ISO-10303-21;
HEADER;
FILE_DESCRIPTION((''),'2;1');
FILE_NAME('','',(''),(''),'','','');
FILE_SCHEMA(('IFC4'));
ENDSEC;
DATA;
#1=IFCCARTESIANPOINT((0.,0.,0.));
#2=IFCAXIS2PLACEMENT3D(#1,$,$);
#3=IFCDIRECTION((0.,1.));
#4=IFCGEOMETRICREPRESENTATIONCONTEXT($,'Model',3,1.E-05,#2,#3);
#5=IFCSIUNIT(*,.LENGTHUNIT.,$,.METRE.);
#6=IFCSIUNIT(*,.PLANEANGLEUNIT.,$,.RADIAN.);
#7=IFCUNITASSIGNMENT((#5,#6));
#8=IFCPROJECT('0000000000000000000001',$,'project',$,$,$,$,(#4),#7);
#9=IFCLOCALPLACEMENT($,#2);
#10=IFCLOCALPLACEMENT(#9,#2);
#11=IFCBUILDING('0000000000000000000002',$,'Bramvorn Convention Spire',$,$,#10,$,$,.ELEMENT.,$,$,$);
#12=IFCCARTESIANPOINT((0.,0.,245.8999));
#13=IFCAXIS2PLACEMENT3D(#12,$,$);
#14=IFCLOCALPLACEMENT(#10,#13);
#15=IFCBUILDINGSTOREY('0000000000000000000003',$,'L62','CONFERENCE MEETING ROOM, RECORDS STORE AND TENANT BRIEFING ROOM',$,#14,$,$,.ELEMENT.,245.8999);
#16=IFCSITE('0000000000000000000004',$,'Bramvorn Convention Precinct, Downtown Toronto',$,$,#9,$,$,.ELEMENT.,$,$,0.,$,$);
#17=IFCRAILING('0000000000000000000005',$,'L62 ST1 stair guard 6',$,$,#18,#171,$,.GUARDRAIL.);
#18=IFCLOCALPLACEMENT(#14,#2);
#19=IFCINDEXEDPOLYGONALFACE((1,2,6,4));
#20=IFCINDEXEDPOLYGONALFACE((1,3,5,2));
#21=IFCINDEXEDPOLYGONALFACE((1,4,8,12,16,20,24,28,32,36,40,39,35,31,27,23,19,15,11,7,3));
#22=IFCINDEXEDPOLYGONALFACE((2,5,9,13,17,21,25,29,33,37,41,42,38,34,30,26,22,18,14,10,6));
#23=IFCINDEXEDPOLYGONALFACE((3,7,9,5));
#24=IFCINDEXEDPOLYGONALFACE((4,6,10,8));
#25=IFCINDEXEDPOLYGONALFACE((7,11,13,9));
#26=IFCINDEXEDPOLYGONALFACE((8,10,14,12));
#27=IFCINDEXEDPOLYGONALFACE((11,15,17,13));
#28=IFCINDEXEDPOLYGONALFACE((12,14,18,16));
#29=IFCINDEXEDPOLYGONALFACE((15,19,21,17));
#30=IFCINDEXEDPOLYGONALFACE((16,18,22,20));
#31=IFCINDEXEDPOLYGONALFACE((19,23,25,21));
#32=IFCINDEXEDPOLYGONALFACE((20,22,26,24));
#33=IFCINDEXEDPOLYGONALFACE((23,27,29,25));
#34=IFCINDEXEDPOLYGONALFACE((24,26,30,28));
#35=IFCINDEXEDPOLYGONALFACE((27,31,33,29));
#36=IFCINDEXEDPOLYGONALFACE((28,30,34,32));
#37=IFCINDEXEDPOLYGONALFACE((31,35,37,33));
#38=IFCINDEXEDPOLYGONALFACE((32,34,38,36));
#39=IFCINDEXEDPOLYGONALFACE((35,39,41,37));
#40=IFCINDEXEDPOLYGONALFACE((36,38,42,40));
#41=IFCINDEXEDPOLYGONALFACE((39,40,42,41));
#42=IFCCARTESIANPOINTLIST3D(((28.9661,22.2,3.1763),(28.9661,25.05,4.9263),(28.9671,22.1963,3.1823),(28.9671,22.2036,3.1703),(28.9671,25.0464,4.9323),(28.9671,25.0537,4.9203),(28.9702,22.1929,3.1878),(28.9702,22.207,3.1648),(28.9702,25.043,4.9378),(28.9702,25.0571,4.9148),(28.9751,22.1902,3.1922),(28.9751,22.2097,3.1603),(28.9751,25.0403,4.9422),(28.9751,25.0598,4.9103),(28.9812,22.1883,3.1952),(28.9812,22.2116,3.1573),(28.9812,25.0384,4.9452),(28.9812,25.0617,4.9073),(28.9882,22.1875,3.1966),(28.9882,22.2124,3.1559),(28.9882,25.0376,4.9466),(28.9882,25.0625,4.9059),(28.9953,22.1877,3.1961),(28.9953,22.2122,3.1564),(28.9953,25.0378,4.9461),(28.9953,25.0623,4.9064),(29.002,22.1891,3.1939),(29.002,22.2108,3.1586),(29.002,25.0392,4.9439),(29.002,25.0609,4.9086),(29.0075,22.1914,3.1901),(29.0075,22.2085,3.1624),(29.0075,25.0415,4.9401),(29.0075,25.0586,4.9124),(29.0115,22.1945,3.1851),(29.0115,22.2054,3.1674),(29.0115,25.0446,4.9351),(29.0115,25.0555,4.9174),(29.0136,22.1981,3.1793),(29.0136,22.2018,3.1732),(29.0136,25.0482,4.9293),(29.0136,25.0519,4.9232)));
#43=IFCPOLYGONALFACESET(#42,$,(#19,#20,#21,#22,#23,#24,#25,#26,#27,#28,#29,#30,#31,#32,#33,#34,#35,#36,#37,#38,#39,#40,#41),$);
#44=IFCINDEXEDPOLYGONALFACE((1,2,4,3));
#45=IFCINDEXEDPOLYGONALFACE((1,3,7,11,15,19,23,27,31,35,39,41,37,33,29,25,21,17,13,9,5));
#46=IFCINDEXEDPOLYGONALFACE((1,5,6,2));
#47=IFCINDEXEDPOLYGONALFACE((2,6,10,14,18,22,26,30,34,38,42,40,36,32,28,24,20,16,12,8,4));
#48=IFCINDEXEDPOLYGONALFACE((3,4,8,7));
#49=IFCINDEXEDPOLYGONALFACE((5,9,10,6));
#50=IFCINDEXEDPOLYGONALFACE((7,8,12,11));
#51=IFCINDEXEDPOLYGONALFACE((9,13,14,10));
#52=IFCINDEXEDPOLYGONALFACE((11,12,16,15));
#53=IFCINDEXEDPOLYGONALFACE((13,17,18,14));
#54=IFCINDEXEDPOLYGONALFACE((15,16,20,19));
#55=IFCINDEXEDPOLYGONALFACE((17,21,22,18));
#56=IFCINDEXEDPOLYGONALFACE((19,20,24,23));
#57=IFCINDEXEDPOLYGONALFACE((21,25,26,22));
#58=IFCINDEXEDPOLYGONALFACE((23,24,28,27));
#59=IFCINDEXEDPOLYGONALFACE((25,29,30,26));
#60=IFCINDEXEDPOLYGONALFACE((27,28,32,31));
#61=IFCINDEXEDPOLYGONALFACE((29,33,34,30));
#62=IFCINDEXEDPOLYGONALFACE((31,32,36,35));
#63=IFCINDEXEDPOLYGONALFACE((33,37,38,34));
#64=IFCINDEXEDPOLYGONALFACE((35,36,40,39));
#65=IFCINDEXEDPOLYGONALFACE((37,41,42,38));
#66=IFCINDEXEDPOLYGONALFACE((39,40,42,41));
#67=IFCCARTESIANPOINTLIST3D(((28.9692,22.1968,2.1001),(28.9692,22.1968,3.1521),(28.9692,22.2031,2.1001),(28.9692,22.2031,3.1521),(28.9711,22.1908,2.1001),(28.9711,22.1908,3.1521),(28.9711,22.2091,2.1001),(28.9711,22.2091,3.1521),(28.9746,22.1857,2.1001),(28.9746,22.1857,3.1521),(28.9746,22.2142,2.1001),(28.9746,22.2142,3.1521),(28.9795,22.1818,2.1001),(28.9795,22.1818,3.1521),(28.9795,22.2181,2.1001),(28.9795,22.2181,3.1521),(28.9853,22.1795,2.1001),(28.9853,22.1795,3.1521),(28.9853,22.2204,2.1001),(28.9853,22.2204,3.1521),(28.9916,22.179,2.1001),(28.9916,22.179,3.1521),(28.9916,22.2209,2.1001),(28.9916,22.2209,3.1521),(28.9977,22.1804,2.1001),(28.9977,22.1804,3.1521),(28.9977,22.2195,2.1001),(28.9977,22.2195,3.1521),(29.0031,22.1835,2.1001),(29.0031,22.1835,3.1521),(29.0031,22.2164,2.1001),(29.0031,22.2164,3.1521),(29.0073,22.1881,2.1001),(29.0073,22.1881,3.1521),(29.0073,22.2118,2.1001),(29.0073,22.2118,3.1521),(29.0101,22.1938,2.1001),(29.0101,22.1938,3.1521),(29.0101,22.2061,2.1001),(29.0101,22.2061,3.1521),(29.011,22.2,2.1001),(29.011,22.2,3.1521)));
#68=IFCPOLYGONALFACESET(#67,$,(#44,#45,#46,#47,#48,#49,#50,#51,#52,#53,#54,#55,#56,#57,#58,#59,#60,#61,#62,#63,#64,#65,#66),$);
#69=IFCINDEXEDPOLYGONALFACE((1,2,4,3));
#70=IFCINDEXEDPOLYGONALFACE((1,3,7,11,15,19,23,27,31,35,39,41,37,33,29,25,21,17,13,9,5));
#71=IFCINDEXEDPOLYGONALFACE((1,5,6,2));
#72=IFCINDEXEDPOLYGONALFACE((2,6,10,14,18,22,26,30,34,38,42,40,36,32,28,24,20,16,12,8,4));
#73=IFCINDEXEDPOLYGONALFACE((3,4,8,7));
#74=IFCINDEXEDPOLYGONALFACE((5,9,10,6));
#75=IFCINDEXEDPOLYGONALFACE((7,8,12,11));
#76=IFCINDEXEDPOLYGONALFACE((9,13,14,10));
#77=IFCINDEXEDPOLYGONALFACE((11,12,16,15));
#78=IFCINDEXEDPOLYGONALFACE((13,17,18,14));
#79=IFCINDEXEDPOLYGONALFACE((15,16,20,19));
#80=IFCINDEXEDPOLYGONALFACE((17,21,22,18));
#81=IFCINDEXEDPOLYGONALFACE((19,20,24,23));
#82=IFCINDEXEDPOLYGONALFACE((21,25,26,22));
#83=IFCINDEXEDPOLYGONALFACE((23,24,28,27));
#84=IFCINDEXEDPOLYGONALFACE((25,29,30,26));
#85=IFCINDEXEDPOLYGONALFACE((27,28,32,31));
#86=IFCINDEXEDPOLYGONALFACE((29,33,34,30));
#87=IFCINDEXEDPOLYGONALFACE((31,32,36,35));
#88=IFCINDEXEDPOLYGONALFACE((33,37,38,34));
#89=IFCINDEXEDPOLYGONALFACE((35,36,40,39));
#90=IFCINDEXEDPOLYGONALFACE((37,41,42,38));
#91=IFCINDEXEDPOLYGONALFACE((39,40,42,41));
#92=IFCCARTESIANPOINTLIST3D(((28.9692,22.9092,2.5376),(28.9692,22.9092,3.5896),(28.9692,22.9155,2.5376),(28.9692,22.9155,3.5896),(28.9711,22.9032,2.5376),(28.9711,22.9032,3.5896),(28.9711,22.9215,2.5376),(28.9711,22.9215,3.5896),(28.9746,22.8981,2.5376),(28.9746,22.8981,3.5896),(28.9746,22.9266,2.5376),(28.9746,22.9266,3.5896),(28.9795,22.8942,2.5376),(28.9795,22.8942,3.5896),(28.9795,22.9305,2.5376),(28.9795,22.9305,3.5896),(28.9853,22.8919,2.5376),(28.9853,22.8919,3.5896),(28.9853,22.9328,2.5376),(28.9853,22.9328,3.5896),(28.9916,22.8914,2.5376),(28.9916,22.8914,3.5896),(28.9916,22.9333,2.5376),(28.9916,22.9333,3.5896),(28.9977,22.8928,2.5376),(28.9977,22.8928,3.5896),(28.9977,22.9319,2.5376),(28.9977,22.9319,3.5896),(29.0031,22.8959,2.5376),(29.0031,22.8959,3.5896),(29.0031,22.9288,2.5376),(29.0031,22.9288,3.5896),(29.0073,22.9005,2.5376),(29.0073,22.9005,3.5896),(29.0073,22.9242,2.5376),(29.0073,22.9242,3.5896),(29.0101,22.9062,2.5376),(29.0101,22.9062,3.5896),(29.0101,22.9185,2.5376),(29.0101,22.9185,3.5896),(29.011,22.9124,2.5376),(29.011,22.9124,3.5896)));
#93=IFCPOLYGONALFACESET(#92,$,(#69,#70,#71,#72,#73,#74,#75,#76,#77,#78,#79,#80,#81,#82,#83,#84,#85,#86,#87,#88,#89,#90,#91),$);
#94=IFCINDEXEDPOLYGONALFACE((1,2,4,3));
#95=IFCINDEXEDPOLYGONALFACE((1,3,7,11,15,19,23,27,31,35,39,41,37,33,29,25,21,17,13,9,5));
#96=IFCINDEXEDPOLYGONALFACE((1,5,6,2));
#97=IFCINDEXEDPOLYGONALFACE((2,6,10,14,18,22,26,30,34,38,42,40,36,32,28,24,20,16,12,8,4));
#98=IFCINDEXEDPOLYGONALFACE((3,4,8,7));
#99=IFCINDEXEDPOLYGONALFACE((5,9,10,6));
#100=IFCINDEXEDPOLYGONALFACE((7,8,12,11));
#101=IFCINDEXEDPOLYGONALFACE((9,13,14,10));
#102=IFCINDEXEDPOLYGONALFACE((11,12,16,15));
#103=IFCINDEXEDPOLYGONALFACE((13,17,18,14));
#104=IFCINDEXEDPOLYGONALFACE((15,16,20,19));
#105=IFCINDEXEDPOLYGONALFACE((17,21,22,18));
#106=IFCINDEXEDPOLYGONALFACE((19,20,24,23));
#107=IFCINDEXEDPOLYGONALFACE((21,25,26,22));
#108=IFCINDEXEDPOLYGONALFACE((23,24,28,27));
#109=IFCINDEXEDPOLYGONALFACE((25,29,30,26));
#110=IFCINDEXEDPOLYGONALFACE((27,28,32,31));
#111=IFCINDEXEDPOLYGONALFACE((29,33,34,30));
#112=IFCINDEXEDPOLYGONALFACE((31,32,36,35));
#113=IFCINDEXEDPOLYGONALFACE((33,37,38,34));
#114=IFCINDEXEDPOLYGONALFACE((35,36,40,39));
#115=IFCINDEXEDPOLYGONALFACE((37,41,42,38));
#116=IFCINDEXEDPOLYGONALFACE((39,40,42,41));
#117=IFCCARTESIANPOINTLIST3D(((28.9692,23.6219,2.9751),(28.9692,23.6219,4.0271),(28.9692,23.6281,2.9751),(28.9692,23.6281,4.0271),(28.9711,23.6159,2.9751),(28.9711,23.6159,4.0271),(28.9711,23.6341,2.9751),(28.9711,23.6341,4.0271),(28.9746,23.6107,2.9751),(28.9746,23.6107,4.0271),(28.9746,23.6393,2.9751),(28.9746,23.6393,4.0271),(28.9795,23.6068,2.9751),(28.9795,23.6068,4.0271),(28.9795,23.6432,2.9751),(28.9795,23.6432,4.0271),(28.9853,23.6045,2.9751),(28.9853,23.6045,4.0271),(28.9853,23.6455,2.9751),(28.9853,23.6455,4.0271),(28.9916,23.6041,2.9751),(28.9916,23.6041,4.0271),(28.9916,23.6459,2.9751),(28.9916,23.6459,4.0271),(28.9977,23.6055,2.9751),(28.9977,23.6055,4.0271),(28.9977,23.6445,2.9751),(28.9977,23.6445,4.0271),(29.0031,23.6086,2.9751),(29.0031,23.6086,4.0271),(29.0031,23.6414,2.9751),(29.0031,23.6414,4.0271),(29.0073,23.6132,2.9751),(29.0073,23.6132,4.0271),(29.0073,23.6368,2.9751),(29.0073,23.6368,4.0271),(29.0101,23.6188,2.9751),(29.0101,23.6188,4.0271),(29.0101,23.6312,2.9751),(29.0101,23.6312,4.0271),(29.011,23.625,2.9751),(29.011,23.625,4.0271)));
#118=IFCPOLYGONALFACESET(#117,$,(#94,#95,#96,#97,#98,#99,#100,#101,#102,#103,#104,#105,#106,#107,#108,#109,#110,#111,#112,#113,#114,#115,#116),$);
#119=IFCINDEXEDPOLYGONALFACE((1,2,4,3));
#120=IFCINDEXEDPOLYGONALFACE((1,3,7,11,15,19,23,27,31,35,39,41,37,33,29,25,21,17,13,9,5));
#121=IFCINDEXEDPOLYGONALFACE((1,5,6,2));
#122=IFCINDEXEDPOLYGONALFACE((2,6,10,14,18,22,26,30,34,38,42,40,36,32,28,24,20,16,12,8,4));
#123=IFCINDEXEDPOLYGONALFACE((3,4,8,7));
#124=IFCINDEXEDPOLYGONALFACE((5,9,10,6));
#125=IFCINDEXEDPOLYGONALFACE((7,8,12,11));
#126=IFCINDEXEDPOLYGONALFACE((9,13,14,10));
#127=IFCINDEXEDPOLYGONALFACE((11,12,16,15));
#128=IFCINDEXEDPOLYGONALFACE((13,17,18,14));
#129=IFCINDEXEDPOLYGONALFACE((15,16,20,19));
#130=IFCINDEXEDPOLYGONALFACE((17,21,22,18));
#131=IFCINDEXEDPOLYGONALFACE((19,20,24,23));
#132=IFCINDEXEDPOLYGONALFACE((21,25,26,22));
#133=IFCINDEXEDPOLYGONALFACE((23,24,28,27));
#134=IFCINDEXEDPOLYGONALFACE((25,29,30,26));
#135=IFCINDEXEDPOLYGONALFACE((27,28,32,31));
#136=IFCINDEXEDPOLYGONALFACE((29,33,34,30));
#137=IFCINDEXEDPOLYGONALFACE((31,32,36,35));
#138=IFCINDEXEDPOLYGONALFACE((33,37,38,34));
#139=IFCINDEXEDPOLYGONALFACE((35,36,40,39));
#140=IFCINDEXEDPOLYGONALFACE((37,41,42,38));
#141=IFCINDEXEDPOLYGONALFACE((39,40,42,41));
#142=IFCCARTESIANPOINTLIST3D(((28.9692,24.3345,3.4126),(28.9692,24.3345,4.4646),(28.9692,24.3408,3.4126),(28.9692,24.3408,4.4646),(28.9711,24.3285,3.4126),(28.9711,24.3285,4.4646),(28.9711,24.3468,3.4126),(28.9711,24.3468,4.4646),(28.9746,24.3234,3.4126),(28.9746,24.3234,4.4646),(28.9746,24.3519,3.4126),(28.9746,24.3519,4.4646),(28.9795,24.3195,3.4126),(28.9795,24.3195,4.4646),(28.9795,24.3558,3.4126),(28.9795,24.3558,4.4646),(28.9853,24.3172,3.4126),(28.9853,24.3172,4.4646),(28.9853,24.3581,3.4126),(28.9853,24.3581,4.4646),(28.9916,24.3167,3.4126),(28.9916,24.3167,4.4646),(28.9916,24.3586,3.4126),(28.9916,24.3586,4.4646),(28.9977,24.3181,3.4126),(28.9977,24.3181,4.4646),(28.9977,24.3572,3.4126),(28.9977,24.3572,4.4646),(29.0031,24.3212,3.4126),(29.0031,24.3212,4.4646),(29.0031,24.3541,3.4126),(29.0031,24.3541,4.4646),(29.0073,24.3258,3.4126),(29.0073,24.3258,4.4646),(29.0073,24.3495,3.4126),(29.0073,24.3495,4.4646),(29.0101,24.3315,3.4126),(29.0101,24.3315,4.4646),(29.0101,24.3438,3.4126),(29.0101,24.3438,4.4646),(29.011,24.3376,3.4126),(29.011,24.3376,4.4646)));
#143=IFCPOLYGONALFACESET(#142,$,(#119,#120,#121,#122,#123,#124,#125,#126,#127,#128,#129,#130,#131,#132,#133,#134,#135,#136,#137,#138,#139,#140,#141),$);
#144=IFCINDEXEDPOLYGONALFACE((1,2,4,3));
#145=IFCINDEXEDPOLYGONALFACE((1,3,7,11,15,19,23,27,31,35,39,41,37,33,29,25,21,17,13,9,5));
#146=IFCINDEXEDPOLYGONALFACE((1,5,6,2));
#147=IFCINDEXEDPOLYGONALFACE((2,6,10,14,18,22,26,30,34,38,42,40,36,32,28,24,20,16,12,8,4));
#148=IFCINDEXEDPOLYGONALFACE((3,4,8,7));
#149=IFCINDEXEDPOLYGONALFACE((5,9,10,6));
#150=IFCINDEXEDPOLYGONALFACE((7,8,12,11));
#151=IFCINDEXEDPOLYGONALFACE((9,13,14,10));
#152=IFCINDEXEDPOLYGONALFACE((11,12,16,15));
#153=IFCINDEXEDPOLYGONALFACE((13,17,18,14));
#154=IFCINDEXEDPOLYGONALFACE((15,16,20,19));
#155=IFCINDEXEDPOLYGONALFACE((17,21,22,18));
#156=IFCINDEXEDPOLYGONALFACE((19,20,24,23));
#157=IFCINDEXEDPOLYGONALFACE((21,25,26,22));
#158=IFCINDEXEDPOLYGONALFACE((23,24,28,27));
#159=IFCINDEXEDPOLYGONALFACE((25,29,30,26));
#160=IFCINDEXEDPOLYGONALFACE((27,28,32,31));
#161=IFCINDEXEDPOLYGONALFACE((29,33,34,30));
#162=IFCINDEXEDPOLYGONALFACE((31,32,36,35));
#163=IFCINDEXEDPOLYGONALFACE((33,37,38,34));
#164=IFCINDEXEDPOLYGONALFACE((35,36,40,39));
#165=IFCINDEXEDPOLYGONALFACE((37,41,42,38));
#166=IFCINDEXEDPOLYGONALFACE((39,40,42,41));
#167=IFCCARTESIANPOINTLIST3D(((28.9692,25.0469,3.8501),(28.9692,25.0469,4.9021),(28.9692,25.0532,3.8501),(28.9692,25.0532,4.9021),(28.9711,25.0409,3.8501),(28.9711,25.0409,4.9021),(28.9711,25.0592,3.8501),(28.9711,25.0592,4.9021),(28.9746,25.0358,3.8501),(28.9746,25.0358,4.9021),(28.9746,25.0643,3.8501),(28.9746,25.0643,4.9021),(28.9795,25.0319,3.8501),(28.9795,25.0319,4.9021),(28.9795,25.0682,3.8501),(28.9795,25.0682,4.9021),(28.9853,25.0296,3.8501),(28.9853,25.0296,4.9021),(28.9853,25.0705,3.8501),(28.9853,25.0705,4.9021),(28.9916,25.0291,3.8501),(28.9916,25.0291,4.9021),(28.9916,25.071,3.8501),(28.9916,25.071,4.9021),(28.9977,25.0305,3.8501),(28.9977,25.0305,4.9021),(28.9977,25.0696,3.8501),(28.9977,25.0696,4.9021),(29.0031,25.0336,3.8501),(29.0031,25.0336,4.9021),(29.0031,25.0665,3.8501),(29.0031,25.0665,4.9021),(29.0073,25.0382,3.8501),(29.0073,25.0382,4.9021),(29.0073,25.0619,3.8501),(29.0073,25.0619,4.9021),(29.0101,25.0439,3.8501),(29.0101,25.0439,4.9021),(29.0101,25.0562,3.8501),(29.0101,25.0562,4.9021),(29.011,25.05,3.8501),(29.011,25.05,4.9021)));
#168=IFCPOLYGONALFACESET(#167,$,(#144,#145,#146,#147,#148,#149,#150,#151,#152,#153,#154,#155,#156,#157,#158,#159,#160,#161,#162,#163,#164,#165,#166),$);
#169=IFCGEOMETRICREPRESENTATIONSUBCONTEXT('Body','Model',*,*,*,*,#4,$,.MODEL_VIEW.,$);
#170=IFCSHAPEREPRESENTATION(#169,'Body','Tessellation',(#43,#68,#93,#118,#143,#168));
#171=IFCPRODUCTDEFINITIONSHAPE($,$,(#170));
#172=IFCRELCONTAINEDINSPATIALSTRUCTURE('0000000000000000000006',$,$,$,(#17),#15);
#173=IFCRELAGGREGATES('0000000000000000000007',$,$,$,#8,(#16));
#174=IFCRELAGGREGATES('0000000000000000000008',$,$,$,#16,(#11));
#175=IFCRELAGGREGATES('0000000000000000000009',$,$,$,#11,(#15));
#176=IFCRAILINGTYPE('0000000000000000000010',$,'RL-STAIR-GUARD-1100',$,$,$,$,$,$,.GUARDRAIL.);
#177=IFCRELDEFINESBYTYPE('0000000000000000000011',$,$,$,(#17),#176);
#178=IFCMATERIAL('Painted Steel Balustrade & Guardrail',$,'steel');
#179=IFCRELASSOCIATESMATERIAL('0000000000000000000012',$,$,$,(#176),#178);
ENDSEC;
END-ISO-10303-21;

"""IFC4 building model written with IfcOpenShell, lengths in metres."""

from ifc_helpers import new_model, si_unit, direction, frame, origin, origin_2d, place, context, subcontext, project, spatial, circle, extrude, material, type_object, element, save


model = new_model("IFC4")

# Units and contexts
model_context = context("Model", 3, precision=1e-05, world=origin(), true_north=direction((0.0, 1.0)))
body_context = subcontext(model_context, "Body", "Model", "MODEL_VIEW")
ifc_project = project(units=[si_unit("LENGTHUNIT", "METRE"), si_unit("PLANEANGLEUNIT", "RADIAN")], contexts=[model_context])

# Site, building, storey
site_placement = place(None, origin())
site = spatial("IfcSite", under=ifc_project, at=site_placement, Name="Bramvorn Convention Precinct, Downtown Toronto", CompositionType="ELEMENT", RefElevation=0.0)
building_placement = place(site_placement, origin())
building = spatial("IfcBuilding", under=site, at=building_placement, Name="Bramvorn Convention Spire", CompositionType="ELEMENT")
storey_placement = place(building_placement, frame((0.0, 0.0, 245.8999)))
storey = spatial("IfcBuildingStorey", under=building, at=storey_placement, Name="L62", Description="CONFERENCE MEETING ROOM, RECORDS STORE AND TENANT BRIEFING ROOM", CompositionType="ELEMENT", Elevation=245.8999)

# Railing
ifc_material_1 = material(Name="Painted Steel Balustrade & Guardrail", Category="steel")
railing_type_1 = type_object("IfcRailingType", Name="RL-STAIR-GUARD-1100", PredefinedType="GUARDRAIL", material=ifc_material_1)
railing_1_placement = place(storey_placement, frame((28.99, 22.2, 2.1001)))
element("IfcRailing", 1, at=railing_1_placement, inside=storey, type_object=railing_type_1, Name="L62 ST1 stair guard 6", PredefinedType="GUARDRAIL", context=body_context, shape_type="SweptSolid", body=[
    extrude(circle(Radius=0.0239, at=origin_2d()), frame((0.0, 0.0, 1.0762), z_axis=(0.0, 0.852179, 0.52325), x_axis=(-1.0, 0.0, 0.0)), (0.0, 0.0, 1.0), 3.3445),
    extrude(circle(Radius=0.021, at=origin_2d()), origin(), (0.0, 0.0, 1.0), 1.052),
    extrude(circle(Radius=0.021, at=origin_2d()), frame((0.0, 0.7124, 0.4375)), (0.0, 0.0, 1.0), 1.052),
    extrude(circle(Radius=0.021, at=origin_2d()), frame((0.0, 1.425, 0.875)), (0.0, 0.0, 1.0), 1.052),
    extrude(circle(Radius=0.021, at=origin_2d()), frame((0.0, 2.1377, 1.3125)), (0.0, 0.0, 1.0), 1.052),
    extrude(circle(Radius=0.021, at=origin_2d()), frame((0.0, 2.8501, 1.75)), (0.0, 0.0, 1.0), 1.052),
])

save(model, "model.ifc")
